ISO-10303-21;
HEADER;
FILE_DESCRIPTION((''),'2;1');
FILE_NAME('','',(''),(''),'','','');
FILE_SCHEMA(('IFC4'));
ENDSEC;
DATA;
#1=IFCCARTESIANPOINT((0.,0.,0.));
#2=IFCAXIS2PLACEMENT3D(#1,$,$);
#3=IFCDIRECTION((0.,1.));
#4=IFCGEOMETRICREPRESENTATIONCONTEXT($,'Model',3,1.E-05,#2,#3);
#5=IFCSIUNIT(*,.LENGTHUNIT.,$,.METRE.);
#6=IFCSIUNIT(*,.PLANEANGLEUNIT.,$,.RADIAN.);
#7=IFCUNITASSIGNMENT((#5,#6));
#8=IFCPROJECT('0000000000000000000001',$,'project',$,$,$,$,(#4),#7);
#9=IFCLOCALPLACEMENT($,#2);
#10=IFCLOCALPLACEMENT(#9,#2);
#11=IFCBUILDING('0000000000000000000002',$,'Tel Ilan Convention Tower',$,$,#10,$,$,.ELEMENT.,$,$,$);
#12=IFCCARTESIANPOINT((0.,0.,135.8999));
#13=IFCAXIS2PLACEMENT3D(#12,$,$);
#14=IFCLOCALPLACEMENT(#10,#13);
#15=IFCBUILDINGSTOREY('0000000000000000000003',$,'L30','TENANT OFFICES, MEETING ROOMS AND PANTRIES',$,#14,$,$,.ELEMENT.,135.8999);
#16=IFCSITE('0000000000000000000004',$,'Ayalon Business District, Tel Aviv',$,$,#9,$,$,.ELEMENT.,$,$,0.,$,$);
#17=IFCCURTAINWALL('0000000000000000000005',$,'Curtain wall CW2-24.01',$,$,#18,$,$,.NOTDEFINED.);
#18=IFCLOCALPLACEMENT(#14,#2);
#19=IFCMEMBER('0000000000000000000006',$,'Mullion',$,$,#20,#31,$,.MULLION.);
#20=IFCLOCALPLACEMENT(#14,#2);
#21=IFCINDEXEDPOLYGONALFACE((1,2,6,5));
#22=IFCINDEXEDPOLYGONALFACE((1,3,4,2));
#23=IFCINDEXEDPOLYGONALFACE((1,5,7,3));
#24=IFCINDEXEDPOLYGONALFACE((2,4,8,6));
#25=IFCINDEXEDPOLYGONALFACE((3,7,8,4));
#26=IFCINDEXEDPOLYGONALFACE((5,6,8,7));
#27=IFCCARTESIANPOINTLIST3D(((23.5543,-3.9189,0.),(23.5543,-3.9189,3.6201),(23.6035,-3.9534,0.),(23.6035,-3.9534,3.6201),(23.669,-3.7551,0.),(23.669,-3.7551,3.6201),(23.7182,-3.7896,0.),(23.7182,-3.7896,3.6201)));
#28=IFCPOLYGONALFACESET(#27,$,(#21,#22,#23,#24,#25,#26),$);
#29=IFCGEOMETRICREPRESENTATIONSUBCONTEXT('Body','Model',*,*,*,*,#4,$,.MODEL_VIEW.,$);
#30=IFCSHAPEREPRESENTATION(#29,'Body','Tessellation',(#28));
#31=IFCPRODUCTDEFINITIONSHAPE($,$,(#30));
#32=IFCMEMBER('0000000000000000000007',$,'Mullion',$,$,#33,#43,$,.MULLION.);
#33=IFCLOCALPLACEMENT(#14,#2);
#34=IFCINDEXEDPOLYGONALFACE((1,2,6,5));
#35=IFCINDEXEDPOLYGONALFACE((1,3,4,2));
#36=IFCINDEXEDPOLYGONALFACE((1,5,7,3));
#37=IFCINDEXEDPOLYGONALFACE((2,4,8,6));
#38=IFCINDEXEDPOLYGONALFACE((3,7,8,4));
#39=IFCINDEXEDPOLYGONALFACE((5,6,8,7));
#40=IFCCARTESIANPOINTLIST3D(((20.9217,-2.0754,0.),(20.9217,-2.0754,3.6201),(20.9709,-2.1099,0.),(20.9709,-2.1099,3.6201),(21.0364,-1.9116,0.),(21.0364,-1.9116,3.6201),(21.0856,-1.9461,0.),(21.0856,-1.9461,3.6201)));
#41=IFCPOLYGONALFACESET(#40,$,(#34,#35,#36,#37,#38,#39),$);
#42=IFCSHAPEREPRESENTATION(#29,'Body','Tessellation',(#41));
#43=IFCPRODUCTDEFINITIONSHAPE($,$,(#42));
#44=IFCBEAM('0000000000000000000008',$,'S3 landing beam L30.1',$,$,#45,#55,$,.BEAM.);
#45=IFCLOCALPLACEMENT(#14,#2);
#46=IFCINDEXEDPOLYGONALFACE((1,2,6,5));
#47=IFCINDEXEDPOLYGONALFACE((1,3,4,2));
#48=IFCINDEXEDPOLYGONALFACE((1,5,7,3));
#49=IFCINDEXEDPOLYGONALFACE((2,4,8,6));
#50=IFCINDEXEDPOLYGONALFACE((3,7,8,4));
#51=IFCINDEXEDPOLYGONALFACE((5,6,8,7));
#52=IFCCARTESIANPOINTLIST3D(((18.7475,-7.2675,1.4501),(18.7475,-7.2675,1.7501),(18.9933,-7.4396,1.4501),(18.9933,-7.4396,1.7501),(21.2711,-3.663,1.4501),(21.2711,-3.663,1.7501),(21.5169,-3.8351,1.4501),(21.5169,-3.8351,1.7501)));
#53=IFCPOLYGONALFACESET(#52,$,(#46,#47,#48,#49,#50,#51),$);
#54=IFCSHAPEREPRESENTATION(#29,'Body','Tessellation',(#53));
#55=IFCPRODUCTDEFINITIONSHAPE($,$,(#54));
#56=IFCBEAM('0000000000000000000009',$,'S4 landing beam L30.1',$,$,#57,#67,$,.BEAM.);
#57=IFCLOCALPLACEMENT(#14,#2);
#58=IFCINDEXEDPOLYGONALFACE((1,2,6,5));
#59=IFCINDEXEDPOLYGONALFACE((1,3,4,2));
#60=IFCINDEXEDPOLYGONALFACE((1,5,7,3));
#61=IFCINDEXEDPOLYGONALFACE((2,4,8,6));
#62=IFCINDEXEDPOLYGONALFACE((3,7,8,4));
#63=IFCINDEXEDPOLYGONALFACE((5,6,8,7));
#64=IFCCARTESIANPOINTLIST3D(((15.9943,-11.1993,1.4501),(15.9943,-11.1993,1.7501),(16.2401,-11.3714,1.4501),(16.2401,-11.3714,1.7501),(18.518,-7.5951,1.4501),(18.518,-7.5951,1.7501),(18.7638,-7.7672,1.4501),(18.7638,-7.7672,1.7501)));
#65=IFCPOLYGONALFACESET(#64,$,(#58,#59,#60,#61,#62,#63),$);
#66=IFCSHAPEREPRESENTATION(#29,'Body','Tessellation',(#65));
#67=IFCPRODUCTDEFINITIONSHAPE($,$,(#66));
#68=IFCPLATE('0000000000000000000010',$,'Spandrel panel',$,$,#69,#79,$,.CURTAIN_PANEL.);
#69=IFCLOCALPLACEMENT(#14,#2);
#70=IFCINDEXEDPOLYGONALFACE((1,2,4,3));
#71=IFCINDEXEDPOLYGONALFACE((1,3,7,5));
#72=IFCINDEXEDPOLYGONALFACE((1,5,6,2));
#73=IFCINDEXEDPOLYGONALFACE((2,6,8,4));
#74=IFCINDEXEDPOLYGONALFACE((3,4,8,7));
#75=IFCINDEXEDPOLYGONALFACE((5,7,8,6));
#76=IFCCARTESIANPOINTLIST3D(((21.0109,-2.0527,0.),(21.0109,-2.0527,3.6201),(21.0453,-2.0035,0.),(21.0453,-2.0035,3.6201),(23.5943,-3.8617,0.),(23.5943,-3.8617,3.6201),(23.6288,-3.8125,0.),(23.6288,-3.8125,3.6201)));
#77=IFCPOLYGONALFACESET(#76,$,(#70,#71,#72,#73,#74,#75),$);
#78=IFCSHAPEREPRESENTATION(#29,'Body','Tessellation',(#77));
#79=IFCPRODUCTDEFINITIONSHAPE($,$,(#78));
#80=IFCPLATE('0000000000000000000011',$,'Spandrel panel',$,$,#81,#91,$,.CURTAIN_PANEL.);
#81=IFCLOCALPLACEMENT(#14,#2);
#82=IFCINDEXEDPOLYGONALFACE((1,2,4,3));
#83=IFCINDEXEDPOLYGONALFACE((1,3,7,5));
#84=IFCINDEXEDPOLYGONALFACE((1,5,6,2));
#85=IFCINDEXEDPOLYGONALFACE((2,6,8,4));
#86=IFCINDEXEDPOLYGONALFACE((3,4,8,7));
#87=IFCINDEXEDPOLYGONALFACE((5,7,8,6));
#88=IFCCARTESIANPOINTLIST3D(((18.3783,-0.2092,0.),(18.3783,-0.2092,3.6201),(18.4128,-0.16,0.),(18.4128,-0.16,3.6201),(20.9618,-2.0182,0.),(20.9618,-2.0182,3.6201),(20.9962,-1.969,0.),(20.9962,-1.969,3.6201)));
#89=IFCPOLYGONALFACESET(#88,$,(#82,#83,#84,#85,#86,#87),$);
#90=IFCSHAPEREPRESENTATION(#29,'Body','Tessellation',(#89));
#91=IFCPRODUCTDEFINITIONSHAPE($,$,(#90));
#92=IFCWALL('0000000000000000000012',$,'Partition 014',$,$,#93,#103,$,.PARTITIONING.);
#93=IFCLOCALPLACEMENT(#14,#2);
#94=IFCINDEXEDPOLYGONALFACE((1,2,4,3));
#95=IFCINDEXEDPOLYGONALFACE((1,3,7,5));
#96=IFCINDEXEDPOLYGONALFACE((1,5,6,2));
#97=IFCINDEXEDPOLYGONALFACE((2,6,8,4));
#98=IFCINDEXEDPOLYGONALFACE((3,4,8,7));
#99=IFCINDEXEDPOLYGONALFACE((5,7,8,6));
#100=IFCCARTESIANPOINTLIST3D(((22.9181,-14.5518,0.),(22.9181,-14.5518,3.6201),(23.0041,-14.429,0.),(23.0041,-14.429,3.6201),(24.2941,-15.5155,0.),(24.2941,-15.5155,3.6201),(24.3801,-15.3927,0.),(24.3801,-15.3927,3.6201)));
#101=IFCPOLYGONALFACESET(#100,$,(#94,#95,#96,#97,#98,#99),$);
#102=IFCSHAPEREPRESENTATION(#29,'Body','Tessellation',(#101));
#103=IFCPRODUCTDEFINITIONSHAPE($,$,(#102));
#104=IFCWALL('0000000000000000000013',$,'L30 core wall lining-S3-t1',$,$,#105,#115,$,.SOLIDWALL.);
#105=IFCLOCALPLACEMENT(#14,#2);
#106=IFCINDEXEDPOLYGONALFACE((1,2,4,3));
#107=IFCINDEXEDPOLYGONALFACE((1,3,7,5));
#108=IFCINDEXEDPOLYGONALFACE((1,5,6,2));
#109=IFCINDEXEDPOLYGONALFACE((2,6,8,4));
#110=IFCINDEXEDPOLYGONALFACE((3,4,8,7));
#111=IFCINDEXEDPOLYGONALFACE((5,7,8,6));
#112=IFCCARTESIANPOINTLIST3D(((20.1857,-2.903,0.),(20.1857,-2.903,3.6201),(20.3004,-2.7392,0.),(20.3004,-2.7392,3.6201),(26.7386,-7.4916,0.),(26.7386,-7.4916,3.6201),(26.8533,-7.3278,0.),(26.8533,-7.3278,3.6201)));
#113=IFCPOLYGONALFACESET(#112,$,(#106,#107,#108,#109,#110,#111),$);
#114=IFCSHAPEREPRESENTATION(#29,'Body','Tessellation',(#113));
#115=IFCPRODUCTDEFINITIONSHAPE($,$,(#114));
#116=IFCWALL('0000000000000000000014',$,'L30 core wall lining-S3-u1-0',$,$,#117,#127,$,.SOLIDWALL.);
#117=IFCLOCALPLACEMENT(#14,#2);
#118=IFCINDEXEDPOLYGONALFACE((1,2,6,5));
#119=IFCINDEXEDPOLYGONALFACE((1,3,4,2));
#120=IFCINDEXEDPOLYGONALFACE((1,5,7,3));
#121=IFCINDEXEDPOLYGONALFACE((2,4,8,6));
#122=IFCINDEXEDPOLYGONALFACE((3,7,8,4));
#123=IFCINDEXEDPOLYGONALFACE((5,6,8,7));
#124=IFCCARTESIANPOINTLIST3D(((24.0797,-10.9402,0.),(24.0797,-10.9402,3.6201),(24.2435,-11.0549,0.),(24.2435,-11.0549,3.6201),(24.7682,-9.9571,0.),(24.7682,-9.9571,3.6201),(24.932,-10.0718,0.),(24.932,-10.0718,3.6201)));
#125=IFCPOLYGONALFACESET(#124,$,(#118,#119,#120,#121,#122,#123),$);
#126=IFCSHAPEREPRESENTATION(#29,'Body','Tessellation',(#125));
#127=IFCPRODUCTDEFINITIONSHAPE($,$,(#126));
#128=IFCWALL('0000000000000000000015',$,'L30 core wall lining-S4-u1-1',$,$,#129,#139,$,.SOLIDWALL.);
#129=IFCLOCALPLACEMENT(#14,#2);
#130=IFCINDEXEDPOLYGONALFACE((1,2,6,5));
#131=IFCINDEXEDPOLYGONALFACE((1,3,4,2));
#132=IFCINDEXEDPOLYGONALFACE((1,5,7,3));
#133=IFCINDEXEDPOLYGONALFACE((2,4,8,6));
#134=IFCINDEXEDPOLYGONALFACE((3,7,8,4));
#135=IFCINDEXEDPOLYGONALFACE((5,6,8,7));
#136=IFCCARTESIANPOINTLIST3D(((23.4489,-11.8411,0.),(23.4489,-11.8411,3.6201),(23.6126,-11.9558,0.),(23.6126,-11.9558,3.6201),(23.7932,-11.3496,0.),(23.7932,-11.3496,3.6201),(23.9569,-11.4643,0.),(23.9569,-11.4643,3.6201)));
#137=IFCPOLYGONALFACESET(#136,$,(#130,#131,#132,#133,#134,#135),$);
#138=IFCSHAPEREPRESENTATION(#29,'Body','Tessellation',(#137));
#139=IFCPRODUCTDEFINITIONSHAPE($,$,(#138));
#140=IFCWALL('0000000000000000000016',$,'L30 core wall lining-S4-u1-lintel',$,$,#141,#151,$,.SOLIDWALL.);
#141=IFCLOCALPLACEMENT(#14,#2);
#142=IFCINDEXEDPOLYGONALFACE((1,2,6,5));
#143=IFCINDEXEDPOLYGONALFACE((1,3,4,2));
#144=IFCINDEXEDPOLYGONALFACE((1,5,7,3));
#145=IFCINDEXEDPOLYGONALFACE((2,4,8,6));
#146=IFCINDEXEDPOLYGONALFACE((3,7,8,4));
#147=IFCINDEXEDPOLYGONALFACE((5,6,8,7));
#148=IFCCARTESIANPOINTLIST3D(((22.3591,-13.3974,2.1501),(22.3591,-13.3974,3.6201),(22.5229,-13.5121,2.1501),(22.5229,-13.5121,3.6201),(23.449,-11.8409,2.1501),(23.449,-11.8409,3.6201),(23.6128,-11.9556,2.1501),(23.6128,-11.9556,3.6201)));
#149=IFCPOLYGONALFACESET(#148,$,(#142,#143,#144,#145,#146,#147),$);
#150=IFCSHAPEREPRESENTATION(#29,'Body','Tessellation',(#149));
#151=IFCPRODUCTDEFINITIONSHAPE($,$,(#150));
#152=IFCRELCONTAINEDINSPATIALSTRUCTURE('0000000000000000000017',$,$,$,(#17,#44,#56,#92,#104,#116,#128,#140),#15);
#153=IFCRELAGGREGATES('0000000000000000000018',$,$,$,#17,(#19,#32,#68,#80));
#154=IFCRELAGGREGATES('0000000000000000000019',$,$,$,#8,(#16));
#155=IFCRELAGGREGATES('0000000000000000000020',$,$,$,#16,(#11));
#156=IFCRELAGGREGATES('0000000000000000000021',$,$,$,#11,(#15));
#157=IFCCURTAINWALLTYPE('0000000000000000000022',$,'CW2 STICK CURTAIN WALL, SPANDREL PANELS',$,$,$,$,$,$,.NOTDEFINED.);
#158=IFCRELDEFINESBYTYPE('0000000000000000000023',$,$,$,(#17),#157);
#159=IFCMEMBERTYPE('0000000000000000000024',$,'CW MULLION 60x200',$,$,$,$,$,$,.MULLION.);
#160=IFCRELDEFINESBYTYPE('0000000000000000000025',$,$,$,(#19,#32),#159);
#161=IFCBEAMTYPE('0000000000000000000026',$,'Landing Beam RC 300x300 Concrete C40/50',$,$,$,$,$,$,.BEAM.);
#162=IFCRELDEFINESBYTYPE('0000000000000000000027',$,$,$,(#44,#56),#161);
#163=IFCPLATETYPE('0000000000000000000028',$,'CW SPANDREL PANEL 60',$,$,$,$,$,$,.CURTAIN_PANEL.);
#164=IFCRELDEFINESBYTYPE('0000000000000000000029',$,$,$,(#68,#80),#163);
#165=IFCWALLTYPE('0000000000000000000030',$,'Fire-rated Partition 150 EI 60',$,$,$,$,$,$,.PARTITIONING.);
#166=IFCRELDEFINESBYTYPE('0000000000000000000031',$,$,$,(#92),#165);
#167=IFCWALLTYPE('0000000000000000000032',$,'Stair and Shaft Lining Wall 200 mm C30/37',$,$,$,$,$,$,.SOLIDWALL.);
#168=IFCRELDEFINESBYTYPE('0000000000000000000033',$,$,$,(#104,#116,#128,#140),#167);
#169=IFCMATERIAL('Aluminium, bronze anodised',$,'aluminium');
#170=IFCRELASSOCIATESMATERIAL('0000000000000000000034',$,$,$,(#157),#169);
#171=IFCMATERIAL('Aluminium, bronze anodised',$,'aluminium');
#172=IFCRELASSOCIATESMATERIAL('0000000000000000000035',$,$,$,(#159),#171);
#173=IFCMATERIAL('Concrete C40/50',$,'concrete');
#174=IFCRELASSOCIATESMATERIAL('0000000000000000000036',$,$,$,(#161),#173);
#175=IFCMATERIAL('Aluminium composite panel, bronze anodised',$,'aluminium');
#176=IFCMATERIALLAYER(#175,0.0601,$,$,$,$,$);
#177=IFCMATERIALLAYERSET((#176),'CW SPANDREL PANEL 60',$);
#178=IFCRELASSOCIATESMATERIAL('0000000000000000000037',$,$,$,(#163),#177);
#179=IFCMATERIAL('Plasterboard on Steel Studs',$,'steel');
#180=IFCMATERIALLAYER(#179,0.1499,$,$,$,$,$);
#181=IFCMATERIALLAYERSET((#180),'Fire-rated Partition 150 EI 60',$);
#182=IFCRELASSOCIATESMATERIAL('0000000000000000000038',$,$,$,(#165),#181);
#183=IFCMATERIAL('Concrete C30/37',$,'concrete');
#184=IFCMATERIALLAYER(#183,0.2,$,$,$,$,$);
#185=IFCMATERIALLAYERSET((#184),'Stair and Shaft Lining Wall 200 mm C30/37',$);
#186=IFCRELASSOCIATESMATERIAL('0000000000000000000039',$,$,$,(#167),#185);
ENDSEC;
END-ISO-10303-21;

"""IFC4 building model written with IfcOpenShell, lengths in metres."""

from ifc_helpers import new_model, si_unit, direction, frame, frame_2d, origin, origin_2d, place, context, subcontext, project, spatial, rectangle, extrude, material, layer, layer_set, material_profile, profile_set, type_object, element, aggregate, save


model = new_model("IFC4")

# Units and contexts
model_context = context("Model", 3, precision=1e-05, world=origin(), true_north=direction((0.0, 1.0)))
body_context = subcontext(model_context, "Body", "Model", "MODEL_VIEW")
ifc_project = project(units=[si_unit("LENGTHUNIT", "METRE"), si_unit("PLANEANGLEUNIT", "RADIAN")], contexts=[model_context])

# Site, building, storey
site_placement = place(None, origin())
site = spatial("IfcSite", under=ifc_project, at=site_placement, Name="Ayalon Business District, Tel Aviv", CompositionType="ELEMENT", RefElevation=0.0)
building_placement = place(site_placement, origin())
building = spatial("IfcBuilding", under=site, at=building_placement, Name="Tel Ilan Convention Tower", CompositionType="ELEMENT")
storey_placement = place(building_placement, frame((0.0, 0.0, 135.8999)))
storey = spatial("IfcBuildingStorey", under=building, at=storey_placement, Name="L30", Description="TENANT OFFICES, MEETING ROOMS AND PANTRIES", CompositionType="ELEMENT", Elevation=135.8999)

# Curtain wall, members
ifc_material_1 = material(Name="Aluminium, bronze anodised", Category="aluminium")
curtain_wall_type = type_object("IfcCurtainWallType", Name="CW2 STICK CURTAIN WALL, SPANDREL PANELS", PredefinedType="NOTDEFINED", material=ifc_material_1)
curtain_wall_placement = place(storey_placement, origin())
curtain_wall = element("IfcCurtainWall", 1, at=curtain_wall_placement, inside=storey, type_object=curtain_wall_type, Name="Curtain wall CW2-24.01", PredefinedType="NOTDEFINED")
ifc_material_2 = material(Name="Aluminium, bronze anodised", Category="aluminium")
ifc_material_profile_1 = material_profile(ifc_material_2, rectangle(XDim=0.0601, YDim=0.2, at=origin_2d()), Name="CW MULLION 60x200")
ifc_profile_set_1 = profile_set([ifc_material_profile_1], Name="Aluminium, bronze anodised")
member_type = type_object("IfcMemberType", Name="CW MULLION 60x200", PredefinedType="MULLION", material=ifc_profile_set_1)
member_1_placement = place(storey_placement, frame((23.6362, -3.8542, 0.0), z_axis=(0.0, 0.0, 1.0), x_axis=(-0.819152, 0.573576, 0.0)))
member_1 = element("IfcMember", 2, at=member_1_placement, type_object=member_type, Name="Mullion", PredefinedType="MULLION", context=body_context, shape_type="SweptSolid", body=[
    extrude(rectangle(XDim=0.0601, YDim=0.2, at=origin_2d()), origin(), (0.0, 0.0, 1.0), 3.6201),
])
member_2_placement = place(storey_placement, frame((21.0037, -2.0107, 0.0), z_axis=(0.0, 0.0, 1.0), x_axis=(-0.819152, 0.573576, 0.0)))
member_2 = element("IfcMember", 3, at=member_2_placement, type_object=member_type, Name="Mullion", PredefinedType="MULLION", context=body_context, shape_type="SweptSolid", body=[
    extrude(rectangle(XDim=0.0601, YDim=0.2, at=origin_2d()), origin(), (0.0, 0.0, 1.0), 3.6201),
])

# Beams
ifc_material_3 = material(Name="Concrete C40/50", Category="concrete")
ifc_material_profile_2 = material_profile(ifc_material_3, rectangle(XDim=0.3, YDim=0.3, at=origin_2d()), Name="RC 300x300")
ifc_profile_set_2 = profile_set([ifc_material_profile_2], Name="Concrete C40/50")
beam_type = type_object("IfcBeamType", Name="Landing Beam RC 300x300 Concrete C40/50", PredefinedType="BEAM", material=ifc_profile_set_2)
beam_1_placement = place(storey_placement, frame((21.394, -3.749, 1.6001), z_axis=(-0.573544, -0.819175, 0.0), x_axis=(0.819175, -0.573544, 0.0)))
element("IfcBeam", 4, at=beam_1_placement, inside=storey, type_object=beam_type, Name="S3 landing beam L30.1", PredefinedType="BEAM", context=body_context, shape_type="SweptSolid", body=[
    extrude(rectangle(XDim=0.3, YDim=0.3, at=origin_2d()), origin(), (0.0, 0.0, 1.0), 4.4001),
])
beam_2_placement = place(storey_placement, frame((18.6409, -7.6812, 1.6001), z_axis=(-0.57357, -0.819156, 0.0), x_axis=(0.819156, -0.57357, 0.0)))
element("IfcBeam", 5, at=beam_2_placement, inside=storey, type_object=beam_type, Name="S4 landing beam L30.1", PredefinedType="BEAM", context=body_context, shape_type="SweptSolid", body=[
    extrude(rectangle(XDim=0.3, YDim=0.3, at=origin_2d()), origin(), (0.0, 0.0, 1.0), 4.3999),
])

# Plates
ifc_material_4 = material(Name="Aluminium composite panel, bronze anodised", Category="aluminium")
ifc_layer_1 = layer(ifc_material_4, 0.0601)
ifc_layer_set_1 = layer_set([ifc_layer_1], Name="CW SPANDREL PANEL 60")
plate_type = type_object("IfcPlateType", Name="CW SPANDREL PANEL 60", PredefinedType="CURTAIN_PANEL", material=ifc_layer_set_1)
plate_1_placement = place(storey_placement, frame((22.3198, -2.9326, 0.0), z_axis=(0.0, 0.0, 1.0), x_axis=(-0.819152, 0.573576, 0.0)))
plate_1 = element("IfcPlate", 6, at=plate_1_placement, type_object=plate_type, Name="Spandrel panel", PredefinedType="CURTAIN_PANEL", context=body_context, shape_type="SweptSolid", body=[
    extrude(rectangle(XDim=3.1538, YDim=0.0601, at=origin_2d()), origin(), (0.0, 0.0, 1.0), 3.6201),
])
plate_2_placement = place(storey_placement, frame((19.6873, -1.0891, 0.0), z_axis=(0.0, 0.0, 1.0), x_axis=(-0.819152, 0.573576, 0.0)))
plate_2 = element("IfcPlate", 7, at=plate_2_placement, type_object=plate_type, Name="Spandrel panel", PredefinedType="CURTAIN_PANEL", context=body_context, shape_type="SweptSolid", body=[
    extrude(rectangle(XDim=3.1538, YDim=0.0601, at=origin_2d()), origin(), (0.0, 0.0, 1.0), 3.6201),
])
aggregate(curtain_wall, [member_1, member_2, plate_1, plate_2])

# Walls
ifc_material_5 = material(Name="Plasterboard on Steel Studs", Category="steel")
ifc_layer_2 = layer(ifc_material_5, 0.1499)
ifc_layer_set_2 = layer_set([ifc_layer_2], Name="Fire-rated Partition 150 EI 60")
wall_type_1 = type_object("IfcWallType", Name="Fire-rated Partition 150 EI 60", PredefinedType="PARTITIONING", material=ifc_layer_set_2)
wall_1_placement = place(storey_placement, frame((22.9612, -14.4905, 0.0), z_axis=(0.0, 0.0, 1.0), x_axis=(0.819109, -0.573638, 0.0)))
element("IfcWall", 8, at=wall_1_placement, inside=storey, type_object=wall_type_1, Name="Partition 014", PredefinedType="PARTITIONING", context=body_context, shape_type="SweptSolid", body=[
    extrude(rectangle(XDim=1.6799, YDim=0.1499, at=frame_2d((0.8398, 0.0))), origin(), (0.0, 0.0, 1.0), 3.6201),
])
ifc_material_6 = material(Name="Concrete C30/37", Category="concrete")
ifc_layer_3 = layer(ifc_material_6, 0.2)
ifc_layer_set_3 = layer_set([ifc_layer_3], Name="Stair and Shaft Lining Wall 200 mm C30/37")
wall_type_2 = type_object("IfcWallType", Name="Stair and Shaft Lining Wall 200 mm C30/37", PredefinedType="SOLIDWALL", material=ifc_layer_set_3)
wall_2_placement = place(storey_placement, frame((20.2429, -2.821, 0.0), z_axis=(0.0, 0.0, 1.0), x_axis=(0.819142, -0.573591, 0.0)))
element("IfcWall", 9, at=wall_2_placement, inside=storey, type_object=wall_type_2, Name="L30 core wall lining-S3-t1", PredefinedType="SOLIDWALL", context=body_context, shape_type="SweptSolid", body=[
    extrude(rectangle(XDim=7.9998, YDim=0.2, at=frame_2d((4.0, 0.0))), origin(), (0.0, 0.0, 1.0), 3.6201),
])
wall_3_placement = place(storey_placement, frame((24.1616, -10.9976, 0.0), z_axis=(0.0, 0.0, 1.0), x_axis=(0.573613, 0.819127, 0.0)))
element("IfcWall", 10, at=wall_3_placement, inside=storey, type_object=wall_type_2, Name="L30 core wall lining-S3-u1-0", PredefinedType="SOLIDWALL", context=body_context, shape_type="SweptSolid", body=[
    extrude(rectangle(XDim=1.2002, YDim=0.2, at=frame_2d((0.6001, 0.0))), origin(), (0.0, 0.0, 1.0), 3.6201),
])
wall_4_placement = place(storey_placement, frame((23.5308, -11.8984, 0.0), z_axis=(0.0, 0.0, 1.0), x_axis=(0.573708, 0.81906, 0.0)))
element("IfcWall", 11, at=wall_4_placement, inside=storey, type_object=wall_type_2, Name="L30 core wall lining-S4-u1-1", PredefinedType="SOLIDWALL", context=body_context, shape_type="SweptSolid", body=[
    extrude(rectangle(XDim=0.6001, YDim=0.2, at=frame_2d((0.3, 0.0))), origin(), (0.0, 0.0, 1.0), 3.6201),
])
wall_5_placement = place(storey_placement, frame((22.4409, -13.4548, 2.1501), z_axis=(0.0, 0.0, 1.0), x_axis=(0.573592, 0.819141, 0.0)))
element("IfcWall", 12, at=wall_5_placement, inside=storey, type_object=wall_type_2, Name="L30 core wall lining-S4-u1-lintel", PredefinedType="SOLIDWALL", context=body_context, shape_type="SweptSolid", body=[
    extrude(rectangle(XDim=1.9001, YDim=0.2, at=frame_2d((0.9502, 0.0))), origin(), (0.0, 0.0, 1.0), 1.47),
])

save(model, "model.ifc")
